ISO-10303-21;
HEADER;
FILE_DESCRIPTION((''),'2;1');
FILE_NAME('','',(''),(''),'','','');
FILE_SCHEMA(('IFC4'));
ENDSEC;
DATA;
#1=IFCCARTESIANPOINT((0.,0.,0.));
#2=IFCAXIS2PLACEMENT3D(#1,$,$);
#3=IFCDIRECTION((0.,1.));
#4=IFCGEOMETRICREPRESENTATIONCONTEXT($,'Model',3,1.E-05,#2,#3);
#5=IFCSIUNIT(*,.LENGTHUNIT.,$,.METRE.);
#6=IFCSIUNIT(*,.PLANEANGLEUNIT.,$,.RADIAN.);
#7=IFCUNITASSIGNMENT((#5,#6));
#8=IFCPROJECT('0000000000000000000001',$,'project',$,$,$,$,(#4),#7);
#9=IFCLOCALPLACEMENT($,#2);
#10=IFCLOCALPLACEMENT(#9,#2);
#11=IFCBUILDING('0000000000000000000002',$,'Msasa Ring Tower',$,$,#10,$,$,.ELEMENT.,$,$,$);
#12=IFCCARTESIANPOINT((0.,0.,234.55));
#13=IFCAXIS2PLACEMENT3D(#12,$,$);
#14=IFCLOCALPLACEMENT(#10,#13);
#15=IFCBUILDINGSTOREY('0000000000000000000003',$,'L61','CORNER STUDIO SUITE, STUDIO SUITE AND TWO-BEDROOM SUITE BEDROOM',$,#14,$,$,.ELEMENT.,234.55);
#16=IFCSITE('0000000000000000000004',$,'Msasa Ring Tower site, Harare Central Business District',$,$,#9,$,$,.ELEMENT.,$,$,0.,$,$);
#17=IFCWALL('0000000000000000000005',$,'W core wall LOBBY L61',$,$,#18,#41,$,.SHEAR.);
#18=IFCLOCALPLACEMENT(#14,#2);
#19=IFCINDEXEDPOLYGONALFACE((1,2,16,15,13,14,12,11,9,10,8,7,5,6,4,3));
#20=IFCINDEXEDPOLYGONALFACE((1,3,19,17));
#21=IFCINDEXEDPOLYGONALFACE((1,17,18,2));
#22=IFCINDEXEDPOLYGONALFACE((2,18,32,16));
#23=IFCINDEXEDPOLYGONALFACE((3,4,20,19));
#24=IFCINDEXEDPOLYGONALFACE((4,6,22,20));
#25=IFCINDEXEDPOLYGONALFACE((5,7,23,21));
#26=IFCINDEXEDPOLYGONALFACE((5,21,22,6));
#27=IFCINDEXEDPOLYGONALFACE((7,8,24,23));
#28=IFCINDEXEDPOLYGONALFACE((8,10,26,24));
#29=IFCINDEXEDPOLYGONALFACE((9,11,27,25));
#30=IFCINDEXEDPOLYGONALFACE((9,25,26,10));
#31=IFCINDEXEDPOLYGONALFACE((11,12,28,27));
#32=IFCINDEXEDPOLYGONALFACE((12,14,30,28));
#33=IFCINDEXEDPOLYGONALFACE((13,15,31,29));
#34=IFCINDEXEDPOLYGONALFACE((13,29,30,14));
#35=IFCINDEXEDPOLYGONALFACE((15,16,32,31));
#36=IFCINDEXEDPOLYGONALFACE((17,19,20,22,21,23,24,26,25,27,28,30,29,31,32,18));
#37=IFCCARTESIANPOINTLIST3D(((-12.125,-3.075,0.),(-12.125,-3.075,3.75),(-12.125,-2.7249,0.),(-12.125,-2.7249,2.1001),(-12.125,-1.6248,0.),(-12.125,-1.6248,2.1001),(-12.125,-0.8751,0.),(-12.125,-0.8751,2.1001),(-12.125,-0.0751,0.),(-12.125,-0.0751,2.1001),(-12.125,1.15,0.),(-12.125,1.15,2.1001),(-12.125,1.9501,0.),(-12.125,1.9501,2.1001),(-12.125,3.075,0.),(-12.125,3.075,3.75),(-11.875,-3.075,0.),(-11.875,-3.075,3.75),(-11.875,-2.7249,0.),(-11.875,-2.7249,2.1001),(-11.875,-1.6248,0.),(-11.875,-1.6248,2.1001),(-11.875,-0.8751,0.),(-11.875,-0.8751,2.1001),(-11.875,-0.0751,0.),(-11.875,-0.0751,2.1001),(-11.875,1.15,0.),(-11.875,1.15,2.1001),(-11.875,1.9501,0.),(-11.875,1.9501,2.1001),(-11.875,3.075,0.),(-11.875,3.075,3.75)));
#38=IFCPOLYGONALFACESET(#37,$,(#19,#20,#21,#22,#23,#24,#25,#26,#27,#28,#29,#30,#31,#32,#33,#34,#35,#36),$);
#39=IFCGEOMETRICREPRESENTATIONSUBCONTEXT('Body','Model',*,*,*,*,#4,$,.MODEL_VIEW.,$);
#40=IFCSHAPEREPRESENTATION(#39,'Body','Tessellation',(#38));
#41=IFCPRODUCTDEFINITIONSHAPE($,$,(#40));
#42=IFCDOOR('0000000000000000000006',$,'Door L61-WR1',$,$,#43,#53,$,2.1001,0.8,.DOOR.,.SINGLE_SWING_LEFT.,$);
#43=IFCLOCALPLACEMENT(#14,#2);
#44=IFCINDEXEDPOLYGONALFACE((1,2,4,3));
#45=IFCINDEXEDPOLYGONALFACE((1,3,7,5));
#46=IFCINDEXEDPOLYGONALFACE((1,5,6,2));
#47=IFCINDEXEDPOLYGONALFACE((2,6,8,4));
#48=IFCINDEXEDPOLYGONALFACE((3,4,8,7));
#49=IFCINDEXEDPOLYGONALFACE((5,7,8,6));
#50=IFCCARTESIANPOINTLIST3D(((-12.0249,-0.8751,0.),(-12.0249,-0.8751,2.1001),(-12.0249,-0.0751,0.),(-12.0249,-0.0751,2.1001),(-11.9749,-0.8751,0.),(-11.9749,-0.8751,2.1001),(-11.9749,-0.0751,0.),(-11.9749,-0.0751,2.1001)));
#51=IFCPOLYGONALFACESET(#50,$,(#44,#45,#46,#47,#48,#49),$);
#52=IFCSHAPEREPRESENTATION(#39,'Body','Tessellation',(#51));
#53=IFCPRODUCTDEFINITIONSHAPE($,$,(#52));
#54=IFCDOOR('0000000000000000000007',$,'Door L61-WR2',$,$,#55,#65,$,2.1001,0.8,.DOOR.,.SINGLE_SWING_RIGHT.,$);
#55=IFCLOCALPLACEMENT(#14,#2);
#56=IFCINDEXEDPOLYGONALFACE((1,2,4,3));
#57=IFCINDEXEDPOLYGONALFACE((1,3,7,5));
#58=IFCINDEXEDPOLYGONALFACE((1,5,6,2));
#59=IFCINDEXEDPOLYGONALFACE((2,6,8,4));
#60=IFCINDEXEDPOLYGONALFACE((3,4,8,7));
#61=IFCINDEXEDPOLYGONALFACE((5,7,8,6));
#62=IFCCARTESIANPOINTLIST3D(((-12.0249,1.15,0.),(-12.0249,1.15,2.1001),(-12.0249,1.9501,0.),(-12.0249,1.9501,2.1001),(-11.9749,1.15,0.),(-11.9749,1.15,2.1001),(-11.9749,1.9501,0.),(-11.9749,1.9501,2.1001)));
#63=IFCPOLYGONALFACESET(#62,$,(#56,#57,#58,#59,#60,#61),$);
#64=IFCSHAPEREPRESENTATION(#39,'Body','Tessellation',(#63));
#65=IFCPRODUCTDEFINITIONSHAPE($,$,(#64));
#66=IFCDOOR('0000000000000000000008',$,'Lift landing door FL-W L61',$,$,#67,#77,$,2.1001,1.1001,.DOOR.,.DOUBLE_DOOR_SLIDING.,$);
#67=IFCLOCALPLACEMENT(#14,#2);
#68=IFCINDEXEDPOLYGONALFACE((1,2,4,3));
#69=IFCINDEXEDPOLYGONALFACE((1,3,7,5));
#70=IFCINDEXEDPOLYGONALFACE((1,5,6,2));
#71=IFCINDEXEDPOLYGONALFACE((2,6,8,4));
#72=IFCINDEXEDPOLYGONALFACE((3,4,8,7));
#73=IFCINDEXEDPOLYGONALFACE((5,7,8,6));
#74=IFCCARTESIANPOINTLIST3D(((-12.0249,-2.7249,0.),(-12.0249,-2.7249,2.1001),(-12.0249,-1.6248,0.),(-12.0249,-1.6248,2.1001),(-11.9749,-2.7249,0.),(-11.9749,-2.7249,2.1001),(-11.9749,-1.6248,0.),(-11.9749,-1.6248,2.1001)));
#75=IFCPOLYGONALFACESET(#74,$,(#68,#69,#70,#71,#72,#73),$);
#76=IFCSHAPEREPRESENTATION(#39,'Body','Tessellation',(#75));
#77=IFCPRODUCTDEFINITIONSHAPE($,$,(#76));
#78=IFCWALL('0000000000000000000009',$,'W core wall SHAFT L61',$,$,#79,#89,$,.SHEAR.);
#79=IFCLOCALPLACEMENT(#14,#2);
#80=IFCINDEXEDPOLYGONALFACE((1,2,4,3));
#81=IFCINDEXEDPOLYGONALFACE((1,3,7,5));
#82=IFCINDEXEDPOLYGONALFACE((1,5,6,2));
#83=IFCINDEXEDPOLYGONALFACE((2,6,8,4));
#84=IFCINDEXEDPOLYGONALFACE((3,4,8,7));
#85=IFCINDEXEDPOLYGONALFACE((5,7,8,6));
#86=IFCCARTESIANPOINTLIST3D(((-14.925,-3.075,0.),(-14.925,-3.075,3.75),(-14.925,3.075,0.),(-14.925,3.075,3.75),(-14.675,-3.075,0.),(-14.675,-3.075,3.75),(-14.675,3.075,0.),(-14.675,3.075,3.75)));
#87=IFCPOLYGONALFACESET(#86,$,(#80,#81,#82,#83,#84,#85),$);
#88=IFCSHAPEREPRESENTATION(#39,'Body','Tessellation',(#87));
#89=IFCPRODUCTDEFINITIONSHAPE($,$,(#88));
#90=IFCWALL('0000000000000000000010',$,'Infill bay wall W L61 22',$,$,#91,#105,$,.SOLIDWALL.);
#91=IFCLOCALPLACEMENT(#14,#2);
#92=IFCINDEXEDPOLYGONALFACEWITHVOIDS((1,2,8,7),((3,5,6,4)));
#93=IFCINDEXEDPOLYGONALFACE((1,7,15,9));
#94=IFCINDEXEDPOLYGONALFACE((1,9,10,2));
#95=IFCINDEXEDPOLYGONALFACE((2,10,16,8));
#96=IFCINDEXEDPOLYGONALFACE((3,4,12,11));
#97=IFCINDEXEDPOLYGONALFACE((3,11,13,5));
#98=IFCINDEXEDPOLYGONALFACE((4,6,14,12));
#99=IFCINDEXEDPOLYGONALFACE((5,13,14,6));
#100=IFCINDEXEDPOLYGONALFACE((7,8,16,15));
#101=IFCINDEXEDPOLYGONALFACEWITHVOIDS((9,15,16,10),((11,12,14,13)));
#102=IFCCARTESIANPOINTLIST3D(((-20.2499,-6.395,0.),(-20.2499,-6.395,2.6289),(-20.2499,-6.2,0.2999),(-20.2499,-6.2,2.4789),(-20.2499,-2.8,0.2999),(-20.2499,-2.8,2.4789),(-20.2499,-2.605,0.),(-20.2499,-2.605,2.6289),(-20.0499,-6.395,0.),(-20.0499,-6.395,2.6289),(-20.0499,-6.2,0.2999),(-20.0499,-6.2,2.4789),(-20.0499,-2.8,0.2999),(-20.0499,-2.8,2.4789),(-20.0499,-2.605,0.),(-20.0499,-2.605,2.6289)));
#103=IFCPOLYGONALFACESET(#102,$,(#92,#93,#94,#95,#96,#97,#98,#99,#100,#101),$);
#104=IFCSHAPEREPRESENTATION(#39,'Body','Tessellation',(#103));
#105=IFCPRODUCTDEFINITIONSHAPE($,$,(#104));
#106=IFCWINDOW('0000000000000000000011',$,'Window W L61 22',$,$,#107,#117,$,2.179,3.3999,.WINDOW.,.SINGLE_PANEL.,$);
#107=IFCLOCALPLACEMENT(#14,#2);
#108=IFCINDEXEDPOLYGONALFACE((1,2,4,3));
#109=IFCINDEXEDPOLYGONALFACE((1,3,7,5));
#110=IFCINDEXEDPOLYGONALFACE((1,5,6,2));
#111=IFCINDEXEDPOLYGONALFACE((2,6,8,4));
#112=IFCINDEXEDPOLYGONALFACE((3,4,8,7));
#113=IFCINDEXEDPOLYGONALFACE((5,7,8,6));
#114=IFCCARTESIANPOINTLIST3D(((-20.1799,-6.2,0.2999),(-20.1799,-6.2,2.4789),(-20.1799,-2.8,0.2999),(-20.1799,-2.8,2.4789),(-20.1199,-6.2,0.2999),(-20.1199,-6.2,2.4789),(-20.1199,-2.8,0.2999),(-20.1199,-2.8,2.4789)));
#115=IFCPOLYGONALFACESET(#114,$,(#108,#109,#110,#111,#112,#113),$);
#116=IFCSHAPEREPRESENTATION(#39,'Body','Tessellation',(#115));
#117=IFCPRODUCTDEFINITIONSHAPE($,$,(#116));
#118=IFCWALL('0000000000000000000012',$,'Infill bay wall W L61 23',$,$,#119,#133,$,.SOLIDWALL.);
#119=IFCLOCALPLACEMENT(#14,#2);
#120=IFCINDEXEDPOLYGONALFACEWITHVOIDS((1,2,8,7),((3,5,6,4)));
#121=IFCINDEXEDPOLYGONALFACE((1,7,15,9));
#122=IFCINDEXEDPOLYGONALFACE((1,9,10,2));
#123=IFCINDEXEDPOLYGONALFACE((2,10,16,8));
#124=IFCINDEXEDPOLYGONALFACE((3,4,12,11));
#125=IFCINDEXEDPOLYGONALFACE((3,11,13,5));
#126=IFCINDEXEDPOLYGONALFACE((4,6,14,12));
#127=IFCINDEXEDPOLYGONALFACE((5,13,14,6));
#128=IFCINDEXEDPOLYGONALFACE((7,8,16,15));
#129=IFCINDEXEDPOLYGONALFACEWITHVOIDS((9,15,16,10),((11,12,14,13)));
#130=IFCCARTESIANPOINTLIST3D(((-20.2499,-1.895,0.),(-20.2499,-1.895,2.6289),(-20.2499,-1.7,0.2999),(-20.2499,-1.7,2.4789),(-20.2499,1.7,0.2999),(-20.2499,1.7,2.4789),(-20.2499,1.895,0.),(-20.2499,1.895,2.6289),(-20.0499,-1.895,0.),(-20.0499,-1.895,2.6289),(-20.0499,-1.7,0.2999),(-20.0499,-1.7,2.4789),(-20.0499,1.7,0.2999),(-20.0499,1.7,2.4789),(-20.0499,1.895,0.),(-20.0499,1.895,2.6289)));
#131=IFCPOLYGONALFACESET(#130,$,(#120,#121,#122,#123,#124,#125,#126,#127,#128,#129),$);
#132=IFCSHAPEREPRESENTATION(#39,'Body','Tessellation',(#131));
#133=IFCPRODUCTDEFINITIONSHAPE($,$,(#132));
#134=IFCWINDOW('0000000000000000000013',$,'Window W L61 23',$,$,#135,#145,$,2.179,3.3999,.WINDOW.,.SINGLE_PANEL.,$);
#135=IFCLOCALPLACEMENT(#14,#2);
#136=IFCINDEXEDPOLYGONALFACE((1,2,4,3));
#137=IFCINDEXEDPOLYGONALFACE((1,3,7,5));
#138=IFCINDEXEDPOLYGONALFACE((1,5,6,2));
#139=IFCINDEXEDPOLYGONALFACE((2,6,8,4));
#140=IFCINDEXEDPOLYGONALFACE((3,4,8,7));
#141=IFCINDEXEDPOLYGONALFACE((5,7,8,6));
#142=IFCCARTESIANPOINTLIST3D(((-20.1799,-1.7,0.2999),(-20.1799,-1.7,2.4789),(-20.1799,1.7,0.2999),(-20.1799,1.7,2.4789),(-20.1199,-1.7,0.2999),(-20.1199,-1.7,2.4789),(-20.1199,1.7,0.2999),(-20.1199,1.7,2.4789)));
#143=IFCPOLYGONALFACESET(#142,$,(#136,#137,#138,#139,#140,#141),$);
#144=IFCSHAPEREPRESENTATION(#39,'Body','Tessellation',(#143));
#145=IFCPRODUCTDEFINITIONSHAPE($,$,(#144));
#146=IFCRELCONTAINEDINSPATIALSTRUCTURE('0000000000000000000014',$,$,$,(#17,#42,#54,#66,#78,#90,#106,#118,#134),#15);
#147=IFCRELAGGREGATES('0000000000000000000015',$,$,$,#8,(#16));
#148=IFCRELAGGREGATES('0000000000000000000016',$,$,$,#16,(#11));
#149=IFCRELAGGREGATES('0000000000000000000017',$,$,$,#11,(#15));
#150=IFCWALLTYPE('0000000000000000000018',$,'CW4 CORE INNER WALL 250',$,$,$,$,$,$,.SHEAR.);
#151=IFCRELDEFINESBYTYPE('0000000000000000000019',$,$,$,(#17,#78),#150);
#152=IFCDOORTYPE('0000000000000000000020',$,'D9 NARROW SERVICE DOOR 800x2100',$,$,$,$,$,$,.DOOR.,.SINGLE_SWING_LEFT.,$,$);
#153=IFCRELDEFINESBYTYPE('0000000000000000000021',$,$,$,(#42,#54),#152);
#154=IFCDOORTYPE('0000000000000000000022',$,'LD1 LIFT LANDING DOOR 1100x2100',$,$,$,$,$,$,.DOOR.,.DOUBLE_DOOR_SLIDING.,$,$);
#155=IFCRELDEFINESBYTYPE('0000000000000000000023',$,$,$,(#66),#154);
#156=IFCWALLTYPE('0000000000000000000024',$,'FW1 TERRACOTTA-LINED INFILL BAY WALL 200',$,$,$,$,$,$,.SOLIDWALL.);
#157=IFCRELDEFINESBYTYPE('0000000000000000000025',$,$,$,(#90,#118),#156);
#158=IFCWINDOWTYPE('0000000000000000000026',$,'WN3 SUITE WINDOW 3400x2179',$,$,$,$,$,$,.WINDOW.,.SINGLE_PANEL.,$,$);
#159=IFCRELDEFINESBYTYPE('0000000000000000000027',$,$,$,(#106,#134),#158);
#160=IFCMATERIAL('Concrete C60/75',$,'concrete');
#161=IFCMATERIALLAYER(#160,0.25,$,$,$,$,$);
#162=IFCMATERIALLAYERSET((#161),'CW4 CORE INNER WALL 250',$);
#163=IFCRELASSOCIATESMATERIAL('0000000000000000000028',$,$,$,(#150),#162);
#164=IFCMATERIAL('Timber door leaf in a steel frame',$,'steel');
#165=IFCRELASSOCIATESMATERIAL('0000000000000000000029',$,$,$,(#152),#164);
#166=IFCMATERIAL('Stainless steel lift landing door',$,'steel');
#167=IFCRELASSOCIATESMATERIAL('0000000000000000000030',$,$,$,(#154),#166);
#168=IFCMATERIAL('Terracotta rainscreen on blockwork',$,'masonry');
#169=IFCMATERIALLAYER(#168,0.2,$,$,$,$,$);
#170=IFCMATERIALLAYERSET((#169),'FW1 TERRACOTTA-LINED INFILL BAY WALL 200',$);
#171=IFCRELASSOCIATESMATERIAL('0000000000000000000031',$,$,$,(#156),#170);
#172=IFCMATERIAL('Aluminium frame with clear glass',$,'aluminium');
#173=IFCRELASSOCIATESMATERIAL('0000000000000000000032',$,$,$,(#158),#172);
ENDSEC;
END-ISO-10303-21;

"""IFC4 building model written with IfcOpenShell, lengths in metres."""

from ifc_helpers import new_model, si_unit, direction, frame, frame_2d, origin, place, context, subcontext, project, spatial, rectangle, extrude, material, layer, layer_set, type_object, element, fill, save


model = new_model("IFC4")

# Units and contexts
model_context = context("Model", 3, precision=1e-05, world=origin(), true_north=direction((0.0, 1.0)))
body_context = subcontext(model_context, "Body", "Model", "MODEL_VIEW")
ifc_project = project(units=[si_unit("LENGTHUNIT", "METRE"), si_unit("PLANEANGLEUNIT", "RADIAN")], contexts=[model_context])

# Site, building, storey
site_placement = place(None, origin())
site = spatial("IfcSite", under=ifc_project, at=site_placement, Name="Msasa Ring Tower site, Harare Central Business District", CompositionType="ELEMENT", RefElevation=0.0)
building_placement = place(site_placement, origin())
building = spatial("IfcBuilding", under=site, at=building_placement, Name="Msasa Ring Tower", CompositionType="ELEMENT")
storey_placement = place(building_placement, frame((0.0, 0.0, 234.55)))
storey = spatial("IfcBuildingStorey", under=building, at=storey_placement, Name="L61", Description="CORNER STUDIO SUITE, STUDIO SUITE AND TWO-BEDROOM SUITE BEDROOM", CompositionType="ELEMENT", Elevation=234.55)

# Wall, openings, doors
ifc_material_1 = material(Name="Concrete C60/75", Category="concrete")
ifc_layer_1 = layer(ifc_material_1, 0.25)
ifc_layer_set_1 = layer_set([ifc_layer_1], Name="CW4 CORE INNER WALL 250")
wall_type_1 = type_object("IfcWallType", Name="CW4 CORE INNER WALL 250", PredefinedType="SHEAR", material=ifc_layer_set_1)
wall_1_placement = place(storey_placement, frame((-12.0, -3.075, 0.0), z_axis=(0.0, 0.0, 1.0), x_axis=(0.0, 1.0, 0.0)))
wall_1 = element("IfcWall", 1, at=wall_1_placement, inside=storey, type_object=wall_type_1, Name="W core wall LOBBY L61", PredefinedType="SHEAR", context=body_context, shape_type="SweptSolid", body=[
    extrude(rectangle(XDim=6.1499, YDim=0.25, at=frame_2d((3.075, 0.0))), origin(), (0.0, 0.0, 1.0), 3.75),
])
opening_1_placement = place(wall_1_placement, frame((2.2, 0.0, 0.0)))
opening_1 = element("IfcOpeningElement", 2, at=opening_1_placement, cuts=wall_1, PredefinedType="OPENING", context=body_context, shape_type="SweptSolid", body=[
    extrude(rectangle(XDim=0.8, YDim=2.1001, at=frame_2d((0.3999, 1.05))), frame((0.0, 0.135, 0.0), z_axis=(0.0, -1.0, 0.0), x_axis=(1.0, 0.0, 0.0)), (0.0, 0.0, 1.0), 0.27),
])
opening_2_placement = place(wall_1_placement, frame((4.2251, 0.0, 0.0)))
opening_2 = element("IfcOpeningElement", 3, at=opening_2_placement, cuts=wall_1, PredefinedType="OPENING", context=body_context, shape_type="SweptSolid", body=[
    extrude(rectangle(XDim=0.8, YDim=2.1001, at=frame_2d((0.3999, 1.05))), frame((0.0, 0.135, 0.0), z_axis=(0.0, -1.0, 0.0), x_axis=(1.0, 0.0, 0.0)), (0.0, 0.0, 1.0), 0.27),
])
opening_3_placement = place(wall_1_placement, frame((0.3501, 0.0, 0.0)))
opening_3 = element("IfcOpeningElement", 4, at=opening_3_placement, cuts=wall_1, PredefinedType="OPENING", context=body_context, shape_type="SweptSolid", body=[
    extrude(rectangle(XDim=1.1001, YDim=2.1001, at=frame_2d((0.55, 1.05))), frame((0.0, 0.135, 0.0), z_axis=(0.0, -1.0, 0.0), x_axis=(1.0, 0.0, 0.0)), (0.0, 0.0, 1.0), 0.27),
])
ifc_material_2 = material(Name="Timber door leaf in a steel frame", Category="steel")
door_type_1 = type_object("IfcDoorType", Name="D9 NARROW SERVICE DOOR 800x2100", OperationType="SINGLE_SWING_LEFT", PredefinedType="DOOR", material=ifc_material_2)
door_1_placement = place(opening_1_placement, origin())
door_1 = element("IfcDoor", 5, at=door_1_placement, inside=storey, type_object=door_type_1, Name="Door L61-WR1", OperationType="SINGLE_SWING_LEFT", OverallHeight=2.1001, OverallWidth=0.8, PredefinedType="DOOR", context=body_context, shape_type="SweptSolid", body=[
    extrude(rectangle(XDim=0.8, YDim=2.1001, at=frame_2d((0.3999, 1.05))), frame((0.0, 0.0249, 0.0), z_axis=(0.0, -1.0, 0.0), x_axis=(1.0, 0.0, 0.0)), (0.0, 0.0, 1.0), 0.05),
])
fill(opening_1, door_1)
door_2_placement = place(opening_2_placement, origin())
door_2 = element("IfcDoor", 6, at=door_2_placement, inside=storey, type_object=door_type_1, Name="Door L61-WR2", OperationType="SINGLE_SWING_RIGHT", OverallHeight=2.1001, OverallWidth=0.8, PredefinedType="DOOR", context=body_context, shape_type="SweptSolid", body=[
    extrude(rectangle(XDim=0.8, YDim=2.1001, at=frame_2d((0.3999, 1.05))), frame((0.0, 0.0249, 0.0), z_axis=(0.0, -1.0, 0.0), x_axis=(1.0, 0.0, 0.0)), (0.0, 0.0, 1.0), 0.05),
])
fill(opening_2, door_2)
ifc_material_3 = material(Name="Stainless steel lift landing door", Category="steel")
door_type_2 = type_object("IfcDoorType", Name="LD1 LIFT LANDING DOOR 1100x2100", OperationType="DOUBLE_DOOR_SLIDING", PredefinedType="DOOR", material=ifc_material_3)
door_3_placement = place(opening_3_placement, origin())
door_3 = element("IfcDoor", 7, at=door_3_placement, inside=storey, type_object=door_type_2, Name="Lift landing door FL-W L61", OperationType="DOUBLE_DOOR_SLIDING", OverallHeight=2.1001, OverallWidth=1.1001, PredefinedType="DOOR", context=body_context, shape_type="SweptSolid", body=[
    extrude(rectangle(XDim=1.1001, YDim=2.1001, at=frame_2d((0.55, 1.05))), frame((0.0, 0.0249, 0.0), z_axis=(0.0, -1.0, 0.0), x_axis=(1.0, 0.0, 0.0)), (0.0, 0.0, 1.0), 0.05),
])
fill(opening_3, door_3)

# Wall
wall_2_placement = place(storey_placement, frame((-14.8, -3.075, 0.0), z_axis=(0.0, 0.0, 1.0), x_axis=(0.0, 1.0, 0.0)))
element("IfcWall", 8, at=wall_2_placement, inside=storey, type_object=wall_type_1, Name="W core wall SHAFT L61", PredefinedType="SHEAR", context=body_context, shape_type="SweptSolid", body=[
    extrude(rectangle(XDim=6.1499, YDim=0.25, at=frame_2d((3.075, 0.0))), origin(), (0.0, 0.0, 1.0), 3.75),
])

# Walls, openings, windows
ifc_material_4 = material(Name="Terracotta rainscreen on blockwork", Category="masonry")
ifc_layer_2 = layer(ifc_material_4, 0.2)
ifc_layer_set_2 = layer_set([ifc_layer_2], Name="FW1 TERRACOTTA-LINED INFILL BAY WALL 200")
wall_type_2 = type_object("IfcWallType", Name="FW1 TERRACOTTA-LINED INFILL BAY WALL 200", PredefinedType="SOLIDWALL", material=ifc_layer_set_2)
wall_3_placement = place(storey_placement, frame((-20.1499, -6.395, 0.0), z_axis=(0.0, 0.0, 1.0), x_axis=(0.0, 1.0, 0.0)))
wall_3 = element("IfcWall", 9, at=wall_3_placement, inside=storey, type_object=wall_type_2, Name="Infill bay wall W L61 22", PredefinedType="SOLIDWALL", context=body_context, shape_type="SweptSolid", body=[
    extrude(rectangle(XDim=3.79, YDim=0.2, at=frame_2d((1.895, 0.0))), origin(), (0.0, 0.0, 1.0), 2.6289),
])
opening_4_placement = place(wall_3_placement, frame((0.1951, 0.0, 0.3)))
opening_4 = element("IfcOpeningElement", 10, at=opening_4_placement, cuts=wall_3, PredefinedType="OPENING", context=body_context, shape_type="SweptSolid", body=[
    extrude(rectangle(XDim=3.3999, YDim=2.179, at=frame_2d((1.7, 1.0894))), frame((0.0, 0.1099, 0.0), z_axis=(0.0, -1.0, 0.0), x_axis=(1.0, 0.0, 0.0)), (0.0, 0.0, 1.0), 0.22),
])
ifc_material_5 = material(Name="Aluminium frame with clear glass", Category="aluminium")
window_type = type_object("IfcWindowType", Name="WN3 SUITE WINDOW 3400x2179", PartitioningType="SINGLE_PANEL", PredefinedType="WINDOW", material=ifc_material_5)
window_1_placement = place(opening_4_placement, origin())
window_1 = element("IfcWindow", 11, at=window_1_placement, inside=storey, type_object=window_type, Name="Window W L61 22", OverallHeight=2.179, OverallWidth=3.3999, PartitioningType="SINGLE_PANEL", PredefinedType="WINDOW", context=body_context, shape_type="SweptSolid", body=[
    extrude(rectangle(XDim=3.3999, YDim=2.179, at=frame_2d((1.7, 1.0894))), frame((0.0, 0.03, 0.0), z_axis=(0.0, -1.0, 0.0), x_axis=(1.0, 0.0, 0.0)), (0.0, 0.0, 1.0), 0.0601),
])
fill(opening_4, window_1)
wall_4_placement = place(storey_placement, frame((-20.1499, -1.895, 0.0), z_axis=(0.0, 0.0, 1.0), x_axis=(0.0, 1.0, 0.0)))
wall_4 = element("IfcWall", 12, at=wall_4_placement, inside=storey, type_object=wall_type_2, Name="Infill bay wall W L61 23", PredefinedType="SOLIDWALL", context=body_context, shape_type="SweptSolid", body=[
    extrude(rectangle(XDim=3.79, YDim=0.2, at=frame_2d((1.895, 0.0))), origin(), (0.0, 0.0, 1.0), 2.6289),
])
opening_5_placement = place(wall_4_placement, frame((0.1951, 0.0, 0.3)))
opening_5 = element("IfcOpeningElement", 13, at=opening_5_placement, cuts=wall_4, PredefinedType="OPENING", context=body_context, shape_type="SweptSolid", body=[
    extrude(rectangle(XDim=3.3999, YDim=2.179, at=frame_2d((1.7, 1.0894))), frame((0.0, 0.1099, 0.0), z_axis=(0.0, -1.0, 0.0), x_axis=(1.0, 0.0, 0.0)), (0.0, 0.0, 1.0), 0.22),
])
window_2_placement = place(opening_5_placement, origin())
window_2 = element("IfcWindow", 14, at=window_2_placement, inside=storey, type_object=window_type, Name="Window W L61 23", OverallHeight=2.179, OverallWidth=3.3999, PartitioningType="SINGLE_PANEL", PredefinedType="WINDOW", context=body_context, shape_type="SweptSolid", body=[
    extrude(rectangle(XDim=3.3999, YDim=2.179, at=frame_2d((1.7, 1.0894))), frame((0.0, 0.03, 0.0), z_axis=(0.0, -1.0, 0.0), x_axis=(1.0, 0.0, 0.0)), (0.0, 0.0, 1.0), 0.0601),
])
fill(opening_5, window_2)

save(model, "model.ifc")
